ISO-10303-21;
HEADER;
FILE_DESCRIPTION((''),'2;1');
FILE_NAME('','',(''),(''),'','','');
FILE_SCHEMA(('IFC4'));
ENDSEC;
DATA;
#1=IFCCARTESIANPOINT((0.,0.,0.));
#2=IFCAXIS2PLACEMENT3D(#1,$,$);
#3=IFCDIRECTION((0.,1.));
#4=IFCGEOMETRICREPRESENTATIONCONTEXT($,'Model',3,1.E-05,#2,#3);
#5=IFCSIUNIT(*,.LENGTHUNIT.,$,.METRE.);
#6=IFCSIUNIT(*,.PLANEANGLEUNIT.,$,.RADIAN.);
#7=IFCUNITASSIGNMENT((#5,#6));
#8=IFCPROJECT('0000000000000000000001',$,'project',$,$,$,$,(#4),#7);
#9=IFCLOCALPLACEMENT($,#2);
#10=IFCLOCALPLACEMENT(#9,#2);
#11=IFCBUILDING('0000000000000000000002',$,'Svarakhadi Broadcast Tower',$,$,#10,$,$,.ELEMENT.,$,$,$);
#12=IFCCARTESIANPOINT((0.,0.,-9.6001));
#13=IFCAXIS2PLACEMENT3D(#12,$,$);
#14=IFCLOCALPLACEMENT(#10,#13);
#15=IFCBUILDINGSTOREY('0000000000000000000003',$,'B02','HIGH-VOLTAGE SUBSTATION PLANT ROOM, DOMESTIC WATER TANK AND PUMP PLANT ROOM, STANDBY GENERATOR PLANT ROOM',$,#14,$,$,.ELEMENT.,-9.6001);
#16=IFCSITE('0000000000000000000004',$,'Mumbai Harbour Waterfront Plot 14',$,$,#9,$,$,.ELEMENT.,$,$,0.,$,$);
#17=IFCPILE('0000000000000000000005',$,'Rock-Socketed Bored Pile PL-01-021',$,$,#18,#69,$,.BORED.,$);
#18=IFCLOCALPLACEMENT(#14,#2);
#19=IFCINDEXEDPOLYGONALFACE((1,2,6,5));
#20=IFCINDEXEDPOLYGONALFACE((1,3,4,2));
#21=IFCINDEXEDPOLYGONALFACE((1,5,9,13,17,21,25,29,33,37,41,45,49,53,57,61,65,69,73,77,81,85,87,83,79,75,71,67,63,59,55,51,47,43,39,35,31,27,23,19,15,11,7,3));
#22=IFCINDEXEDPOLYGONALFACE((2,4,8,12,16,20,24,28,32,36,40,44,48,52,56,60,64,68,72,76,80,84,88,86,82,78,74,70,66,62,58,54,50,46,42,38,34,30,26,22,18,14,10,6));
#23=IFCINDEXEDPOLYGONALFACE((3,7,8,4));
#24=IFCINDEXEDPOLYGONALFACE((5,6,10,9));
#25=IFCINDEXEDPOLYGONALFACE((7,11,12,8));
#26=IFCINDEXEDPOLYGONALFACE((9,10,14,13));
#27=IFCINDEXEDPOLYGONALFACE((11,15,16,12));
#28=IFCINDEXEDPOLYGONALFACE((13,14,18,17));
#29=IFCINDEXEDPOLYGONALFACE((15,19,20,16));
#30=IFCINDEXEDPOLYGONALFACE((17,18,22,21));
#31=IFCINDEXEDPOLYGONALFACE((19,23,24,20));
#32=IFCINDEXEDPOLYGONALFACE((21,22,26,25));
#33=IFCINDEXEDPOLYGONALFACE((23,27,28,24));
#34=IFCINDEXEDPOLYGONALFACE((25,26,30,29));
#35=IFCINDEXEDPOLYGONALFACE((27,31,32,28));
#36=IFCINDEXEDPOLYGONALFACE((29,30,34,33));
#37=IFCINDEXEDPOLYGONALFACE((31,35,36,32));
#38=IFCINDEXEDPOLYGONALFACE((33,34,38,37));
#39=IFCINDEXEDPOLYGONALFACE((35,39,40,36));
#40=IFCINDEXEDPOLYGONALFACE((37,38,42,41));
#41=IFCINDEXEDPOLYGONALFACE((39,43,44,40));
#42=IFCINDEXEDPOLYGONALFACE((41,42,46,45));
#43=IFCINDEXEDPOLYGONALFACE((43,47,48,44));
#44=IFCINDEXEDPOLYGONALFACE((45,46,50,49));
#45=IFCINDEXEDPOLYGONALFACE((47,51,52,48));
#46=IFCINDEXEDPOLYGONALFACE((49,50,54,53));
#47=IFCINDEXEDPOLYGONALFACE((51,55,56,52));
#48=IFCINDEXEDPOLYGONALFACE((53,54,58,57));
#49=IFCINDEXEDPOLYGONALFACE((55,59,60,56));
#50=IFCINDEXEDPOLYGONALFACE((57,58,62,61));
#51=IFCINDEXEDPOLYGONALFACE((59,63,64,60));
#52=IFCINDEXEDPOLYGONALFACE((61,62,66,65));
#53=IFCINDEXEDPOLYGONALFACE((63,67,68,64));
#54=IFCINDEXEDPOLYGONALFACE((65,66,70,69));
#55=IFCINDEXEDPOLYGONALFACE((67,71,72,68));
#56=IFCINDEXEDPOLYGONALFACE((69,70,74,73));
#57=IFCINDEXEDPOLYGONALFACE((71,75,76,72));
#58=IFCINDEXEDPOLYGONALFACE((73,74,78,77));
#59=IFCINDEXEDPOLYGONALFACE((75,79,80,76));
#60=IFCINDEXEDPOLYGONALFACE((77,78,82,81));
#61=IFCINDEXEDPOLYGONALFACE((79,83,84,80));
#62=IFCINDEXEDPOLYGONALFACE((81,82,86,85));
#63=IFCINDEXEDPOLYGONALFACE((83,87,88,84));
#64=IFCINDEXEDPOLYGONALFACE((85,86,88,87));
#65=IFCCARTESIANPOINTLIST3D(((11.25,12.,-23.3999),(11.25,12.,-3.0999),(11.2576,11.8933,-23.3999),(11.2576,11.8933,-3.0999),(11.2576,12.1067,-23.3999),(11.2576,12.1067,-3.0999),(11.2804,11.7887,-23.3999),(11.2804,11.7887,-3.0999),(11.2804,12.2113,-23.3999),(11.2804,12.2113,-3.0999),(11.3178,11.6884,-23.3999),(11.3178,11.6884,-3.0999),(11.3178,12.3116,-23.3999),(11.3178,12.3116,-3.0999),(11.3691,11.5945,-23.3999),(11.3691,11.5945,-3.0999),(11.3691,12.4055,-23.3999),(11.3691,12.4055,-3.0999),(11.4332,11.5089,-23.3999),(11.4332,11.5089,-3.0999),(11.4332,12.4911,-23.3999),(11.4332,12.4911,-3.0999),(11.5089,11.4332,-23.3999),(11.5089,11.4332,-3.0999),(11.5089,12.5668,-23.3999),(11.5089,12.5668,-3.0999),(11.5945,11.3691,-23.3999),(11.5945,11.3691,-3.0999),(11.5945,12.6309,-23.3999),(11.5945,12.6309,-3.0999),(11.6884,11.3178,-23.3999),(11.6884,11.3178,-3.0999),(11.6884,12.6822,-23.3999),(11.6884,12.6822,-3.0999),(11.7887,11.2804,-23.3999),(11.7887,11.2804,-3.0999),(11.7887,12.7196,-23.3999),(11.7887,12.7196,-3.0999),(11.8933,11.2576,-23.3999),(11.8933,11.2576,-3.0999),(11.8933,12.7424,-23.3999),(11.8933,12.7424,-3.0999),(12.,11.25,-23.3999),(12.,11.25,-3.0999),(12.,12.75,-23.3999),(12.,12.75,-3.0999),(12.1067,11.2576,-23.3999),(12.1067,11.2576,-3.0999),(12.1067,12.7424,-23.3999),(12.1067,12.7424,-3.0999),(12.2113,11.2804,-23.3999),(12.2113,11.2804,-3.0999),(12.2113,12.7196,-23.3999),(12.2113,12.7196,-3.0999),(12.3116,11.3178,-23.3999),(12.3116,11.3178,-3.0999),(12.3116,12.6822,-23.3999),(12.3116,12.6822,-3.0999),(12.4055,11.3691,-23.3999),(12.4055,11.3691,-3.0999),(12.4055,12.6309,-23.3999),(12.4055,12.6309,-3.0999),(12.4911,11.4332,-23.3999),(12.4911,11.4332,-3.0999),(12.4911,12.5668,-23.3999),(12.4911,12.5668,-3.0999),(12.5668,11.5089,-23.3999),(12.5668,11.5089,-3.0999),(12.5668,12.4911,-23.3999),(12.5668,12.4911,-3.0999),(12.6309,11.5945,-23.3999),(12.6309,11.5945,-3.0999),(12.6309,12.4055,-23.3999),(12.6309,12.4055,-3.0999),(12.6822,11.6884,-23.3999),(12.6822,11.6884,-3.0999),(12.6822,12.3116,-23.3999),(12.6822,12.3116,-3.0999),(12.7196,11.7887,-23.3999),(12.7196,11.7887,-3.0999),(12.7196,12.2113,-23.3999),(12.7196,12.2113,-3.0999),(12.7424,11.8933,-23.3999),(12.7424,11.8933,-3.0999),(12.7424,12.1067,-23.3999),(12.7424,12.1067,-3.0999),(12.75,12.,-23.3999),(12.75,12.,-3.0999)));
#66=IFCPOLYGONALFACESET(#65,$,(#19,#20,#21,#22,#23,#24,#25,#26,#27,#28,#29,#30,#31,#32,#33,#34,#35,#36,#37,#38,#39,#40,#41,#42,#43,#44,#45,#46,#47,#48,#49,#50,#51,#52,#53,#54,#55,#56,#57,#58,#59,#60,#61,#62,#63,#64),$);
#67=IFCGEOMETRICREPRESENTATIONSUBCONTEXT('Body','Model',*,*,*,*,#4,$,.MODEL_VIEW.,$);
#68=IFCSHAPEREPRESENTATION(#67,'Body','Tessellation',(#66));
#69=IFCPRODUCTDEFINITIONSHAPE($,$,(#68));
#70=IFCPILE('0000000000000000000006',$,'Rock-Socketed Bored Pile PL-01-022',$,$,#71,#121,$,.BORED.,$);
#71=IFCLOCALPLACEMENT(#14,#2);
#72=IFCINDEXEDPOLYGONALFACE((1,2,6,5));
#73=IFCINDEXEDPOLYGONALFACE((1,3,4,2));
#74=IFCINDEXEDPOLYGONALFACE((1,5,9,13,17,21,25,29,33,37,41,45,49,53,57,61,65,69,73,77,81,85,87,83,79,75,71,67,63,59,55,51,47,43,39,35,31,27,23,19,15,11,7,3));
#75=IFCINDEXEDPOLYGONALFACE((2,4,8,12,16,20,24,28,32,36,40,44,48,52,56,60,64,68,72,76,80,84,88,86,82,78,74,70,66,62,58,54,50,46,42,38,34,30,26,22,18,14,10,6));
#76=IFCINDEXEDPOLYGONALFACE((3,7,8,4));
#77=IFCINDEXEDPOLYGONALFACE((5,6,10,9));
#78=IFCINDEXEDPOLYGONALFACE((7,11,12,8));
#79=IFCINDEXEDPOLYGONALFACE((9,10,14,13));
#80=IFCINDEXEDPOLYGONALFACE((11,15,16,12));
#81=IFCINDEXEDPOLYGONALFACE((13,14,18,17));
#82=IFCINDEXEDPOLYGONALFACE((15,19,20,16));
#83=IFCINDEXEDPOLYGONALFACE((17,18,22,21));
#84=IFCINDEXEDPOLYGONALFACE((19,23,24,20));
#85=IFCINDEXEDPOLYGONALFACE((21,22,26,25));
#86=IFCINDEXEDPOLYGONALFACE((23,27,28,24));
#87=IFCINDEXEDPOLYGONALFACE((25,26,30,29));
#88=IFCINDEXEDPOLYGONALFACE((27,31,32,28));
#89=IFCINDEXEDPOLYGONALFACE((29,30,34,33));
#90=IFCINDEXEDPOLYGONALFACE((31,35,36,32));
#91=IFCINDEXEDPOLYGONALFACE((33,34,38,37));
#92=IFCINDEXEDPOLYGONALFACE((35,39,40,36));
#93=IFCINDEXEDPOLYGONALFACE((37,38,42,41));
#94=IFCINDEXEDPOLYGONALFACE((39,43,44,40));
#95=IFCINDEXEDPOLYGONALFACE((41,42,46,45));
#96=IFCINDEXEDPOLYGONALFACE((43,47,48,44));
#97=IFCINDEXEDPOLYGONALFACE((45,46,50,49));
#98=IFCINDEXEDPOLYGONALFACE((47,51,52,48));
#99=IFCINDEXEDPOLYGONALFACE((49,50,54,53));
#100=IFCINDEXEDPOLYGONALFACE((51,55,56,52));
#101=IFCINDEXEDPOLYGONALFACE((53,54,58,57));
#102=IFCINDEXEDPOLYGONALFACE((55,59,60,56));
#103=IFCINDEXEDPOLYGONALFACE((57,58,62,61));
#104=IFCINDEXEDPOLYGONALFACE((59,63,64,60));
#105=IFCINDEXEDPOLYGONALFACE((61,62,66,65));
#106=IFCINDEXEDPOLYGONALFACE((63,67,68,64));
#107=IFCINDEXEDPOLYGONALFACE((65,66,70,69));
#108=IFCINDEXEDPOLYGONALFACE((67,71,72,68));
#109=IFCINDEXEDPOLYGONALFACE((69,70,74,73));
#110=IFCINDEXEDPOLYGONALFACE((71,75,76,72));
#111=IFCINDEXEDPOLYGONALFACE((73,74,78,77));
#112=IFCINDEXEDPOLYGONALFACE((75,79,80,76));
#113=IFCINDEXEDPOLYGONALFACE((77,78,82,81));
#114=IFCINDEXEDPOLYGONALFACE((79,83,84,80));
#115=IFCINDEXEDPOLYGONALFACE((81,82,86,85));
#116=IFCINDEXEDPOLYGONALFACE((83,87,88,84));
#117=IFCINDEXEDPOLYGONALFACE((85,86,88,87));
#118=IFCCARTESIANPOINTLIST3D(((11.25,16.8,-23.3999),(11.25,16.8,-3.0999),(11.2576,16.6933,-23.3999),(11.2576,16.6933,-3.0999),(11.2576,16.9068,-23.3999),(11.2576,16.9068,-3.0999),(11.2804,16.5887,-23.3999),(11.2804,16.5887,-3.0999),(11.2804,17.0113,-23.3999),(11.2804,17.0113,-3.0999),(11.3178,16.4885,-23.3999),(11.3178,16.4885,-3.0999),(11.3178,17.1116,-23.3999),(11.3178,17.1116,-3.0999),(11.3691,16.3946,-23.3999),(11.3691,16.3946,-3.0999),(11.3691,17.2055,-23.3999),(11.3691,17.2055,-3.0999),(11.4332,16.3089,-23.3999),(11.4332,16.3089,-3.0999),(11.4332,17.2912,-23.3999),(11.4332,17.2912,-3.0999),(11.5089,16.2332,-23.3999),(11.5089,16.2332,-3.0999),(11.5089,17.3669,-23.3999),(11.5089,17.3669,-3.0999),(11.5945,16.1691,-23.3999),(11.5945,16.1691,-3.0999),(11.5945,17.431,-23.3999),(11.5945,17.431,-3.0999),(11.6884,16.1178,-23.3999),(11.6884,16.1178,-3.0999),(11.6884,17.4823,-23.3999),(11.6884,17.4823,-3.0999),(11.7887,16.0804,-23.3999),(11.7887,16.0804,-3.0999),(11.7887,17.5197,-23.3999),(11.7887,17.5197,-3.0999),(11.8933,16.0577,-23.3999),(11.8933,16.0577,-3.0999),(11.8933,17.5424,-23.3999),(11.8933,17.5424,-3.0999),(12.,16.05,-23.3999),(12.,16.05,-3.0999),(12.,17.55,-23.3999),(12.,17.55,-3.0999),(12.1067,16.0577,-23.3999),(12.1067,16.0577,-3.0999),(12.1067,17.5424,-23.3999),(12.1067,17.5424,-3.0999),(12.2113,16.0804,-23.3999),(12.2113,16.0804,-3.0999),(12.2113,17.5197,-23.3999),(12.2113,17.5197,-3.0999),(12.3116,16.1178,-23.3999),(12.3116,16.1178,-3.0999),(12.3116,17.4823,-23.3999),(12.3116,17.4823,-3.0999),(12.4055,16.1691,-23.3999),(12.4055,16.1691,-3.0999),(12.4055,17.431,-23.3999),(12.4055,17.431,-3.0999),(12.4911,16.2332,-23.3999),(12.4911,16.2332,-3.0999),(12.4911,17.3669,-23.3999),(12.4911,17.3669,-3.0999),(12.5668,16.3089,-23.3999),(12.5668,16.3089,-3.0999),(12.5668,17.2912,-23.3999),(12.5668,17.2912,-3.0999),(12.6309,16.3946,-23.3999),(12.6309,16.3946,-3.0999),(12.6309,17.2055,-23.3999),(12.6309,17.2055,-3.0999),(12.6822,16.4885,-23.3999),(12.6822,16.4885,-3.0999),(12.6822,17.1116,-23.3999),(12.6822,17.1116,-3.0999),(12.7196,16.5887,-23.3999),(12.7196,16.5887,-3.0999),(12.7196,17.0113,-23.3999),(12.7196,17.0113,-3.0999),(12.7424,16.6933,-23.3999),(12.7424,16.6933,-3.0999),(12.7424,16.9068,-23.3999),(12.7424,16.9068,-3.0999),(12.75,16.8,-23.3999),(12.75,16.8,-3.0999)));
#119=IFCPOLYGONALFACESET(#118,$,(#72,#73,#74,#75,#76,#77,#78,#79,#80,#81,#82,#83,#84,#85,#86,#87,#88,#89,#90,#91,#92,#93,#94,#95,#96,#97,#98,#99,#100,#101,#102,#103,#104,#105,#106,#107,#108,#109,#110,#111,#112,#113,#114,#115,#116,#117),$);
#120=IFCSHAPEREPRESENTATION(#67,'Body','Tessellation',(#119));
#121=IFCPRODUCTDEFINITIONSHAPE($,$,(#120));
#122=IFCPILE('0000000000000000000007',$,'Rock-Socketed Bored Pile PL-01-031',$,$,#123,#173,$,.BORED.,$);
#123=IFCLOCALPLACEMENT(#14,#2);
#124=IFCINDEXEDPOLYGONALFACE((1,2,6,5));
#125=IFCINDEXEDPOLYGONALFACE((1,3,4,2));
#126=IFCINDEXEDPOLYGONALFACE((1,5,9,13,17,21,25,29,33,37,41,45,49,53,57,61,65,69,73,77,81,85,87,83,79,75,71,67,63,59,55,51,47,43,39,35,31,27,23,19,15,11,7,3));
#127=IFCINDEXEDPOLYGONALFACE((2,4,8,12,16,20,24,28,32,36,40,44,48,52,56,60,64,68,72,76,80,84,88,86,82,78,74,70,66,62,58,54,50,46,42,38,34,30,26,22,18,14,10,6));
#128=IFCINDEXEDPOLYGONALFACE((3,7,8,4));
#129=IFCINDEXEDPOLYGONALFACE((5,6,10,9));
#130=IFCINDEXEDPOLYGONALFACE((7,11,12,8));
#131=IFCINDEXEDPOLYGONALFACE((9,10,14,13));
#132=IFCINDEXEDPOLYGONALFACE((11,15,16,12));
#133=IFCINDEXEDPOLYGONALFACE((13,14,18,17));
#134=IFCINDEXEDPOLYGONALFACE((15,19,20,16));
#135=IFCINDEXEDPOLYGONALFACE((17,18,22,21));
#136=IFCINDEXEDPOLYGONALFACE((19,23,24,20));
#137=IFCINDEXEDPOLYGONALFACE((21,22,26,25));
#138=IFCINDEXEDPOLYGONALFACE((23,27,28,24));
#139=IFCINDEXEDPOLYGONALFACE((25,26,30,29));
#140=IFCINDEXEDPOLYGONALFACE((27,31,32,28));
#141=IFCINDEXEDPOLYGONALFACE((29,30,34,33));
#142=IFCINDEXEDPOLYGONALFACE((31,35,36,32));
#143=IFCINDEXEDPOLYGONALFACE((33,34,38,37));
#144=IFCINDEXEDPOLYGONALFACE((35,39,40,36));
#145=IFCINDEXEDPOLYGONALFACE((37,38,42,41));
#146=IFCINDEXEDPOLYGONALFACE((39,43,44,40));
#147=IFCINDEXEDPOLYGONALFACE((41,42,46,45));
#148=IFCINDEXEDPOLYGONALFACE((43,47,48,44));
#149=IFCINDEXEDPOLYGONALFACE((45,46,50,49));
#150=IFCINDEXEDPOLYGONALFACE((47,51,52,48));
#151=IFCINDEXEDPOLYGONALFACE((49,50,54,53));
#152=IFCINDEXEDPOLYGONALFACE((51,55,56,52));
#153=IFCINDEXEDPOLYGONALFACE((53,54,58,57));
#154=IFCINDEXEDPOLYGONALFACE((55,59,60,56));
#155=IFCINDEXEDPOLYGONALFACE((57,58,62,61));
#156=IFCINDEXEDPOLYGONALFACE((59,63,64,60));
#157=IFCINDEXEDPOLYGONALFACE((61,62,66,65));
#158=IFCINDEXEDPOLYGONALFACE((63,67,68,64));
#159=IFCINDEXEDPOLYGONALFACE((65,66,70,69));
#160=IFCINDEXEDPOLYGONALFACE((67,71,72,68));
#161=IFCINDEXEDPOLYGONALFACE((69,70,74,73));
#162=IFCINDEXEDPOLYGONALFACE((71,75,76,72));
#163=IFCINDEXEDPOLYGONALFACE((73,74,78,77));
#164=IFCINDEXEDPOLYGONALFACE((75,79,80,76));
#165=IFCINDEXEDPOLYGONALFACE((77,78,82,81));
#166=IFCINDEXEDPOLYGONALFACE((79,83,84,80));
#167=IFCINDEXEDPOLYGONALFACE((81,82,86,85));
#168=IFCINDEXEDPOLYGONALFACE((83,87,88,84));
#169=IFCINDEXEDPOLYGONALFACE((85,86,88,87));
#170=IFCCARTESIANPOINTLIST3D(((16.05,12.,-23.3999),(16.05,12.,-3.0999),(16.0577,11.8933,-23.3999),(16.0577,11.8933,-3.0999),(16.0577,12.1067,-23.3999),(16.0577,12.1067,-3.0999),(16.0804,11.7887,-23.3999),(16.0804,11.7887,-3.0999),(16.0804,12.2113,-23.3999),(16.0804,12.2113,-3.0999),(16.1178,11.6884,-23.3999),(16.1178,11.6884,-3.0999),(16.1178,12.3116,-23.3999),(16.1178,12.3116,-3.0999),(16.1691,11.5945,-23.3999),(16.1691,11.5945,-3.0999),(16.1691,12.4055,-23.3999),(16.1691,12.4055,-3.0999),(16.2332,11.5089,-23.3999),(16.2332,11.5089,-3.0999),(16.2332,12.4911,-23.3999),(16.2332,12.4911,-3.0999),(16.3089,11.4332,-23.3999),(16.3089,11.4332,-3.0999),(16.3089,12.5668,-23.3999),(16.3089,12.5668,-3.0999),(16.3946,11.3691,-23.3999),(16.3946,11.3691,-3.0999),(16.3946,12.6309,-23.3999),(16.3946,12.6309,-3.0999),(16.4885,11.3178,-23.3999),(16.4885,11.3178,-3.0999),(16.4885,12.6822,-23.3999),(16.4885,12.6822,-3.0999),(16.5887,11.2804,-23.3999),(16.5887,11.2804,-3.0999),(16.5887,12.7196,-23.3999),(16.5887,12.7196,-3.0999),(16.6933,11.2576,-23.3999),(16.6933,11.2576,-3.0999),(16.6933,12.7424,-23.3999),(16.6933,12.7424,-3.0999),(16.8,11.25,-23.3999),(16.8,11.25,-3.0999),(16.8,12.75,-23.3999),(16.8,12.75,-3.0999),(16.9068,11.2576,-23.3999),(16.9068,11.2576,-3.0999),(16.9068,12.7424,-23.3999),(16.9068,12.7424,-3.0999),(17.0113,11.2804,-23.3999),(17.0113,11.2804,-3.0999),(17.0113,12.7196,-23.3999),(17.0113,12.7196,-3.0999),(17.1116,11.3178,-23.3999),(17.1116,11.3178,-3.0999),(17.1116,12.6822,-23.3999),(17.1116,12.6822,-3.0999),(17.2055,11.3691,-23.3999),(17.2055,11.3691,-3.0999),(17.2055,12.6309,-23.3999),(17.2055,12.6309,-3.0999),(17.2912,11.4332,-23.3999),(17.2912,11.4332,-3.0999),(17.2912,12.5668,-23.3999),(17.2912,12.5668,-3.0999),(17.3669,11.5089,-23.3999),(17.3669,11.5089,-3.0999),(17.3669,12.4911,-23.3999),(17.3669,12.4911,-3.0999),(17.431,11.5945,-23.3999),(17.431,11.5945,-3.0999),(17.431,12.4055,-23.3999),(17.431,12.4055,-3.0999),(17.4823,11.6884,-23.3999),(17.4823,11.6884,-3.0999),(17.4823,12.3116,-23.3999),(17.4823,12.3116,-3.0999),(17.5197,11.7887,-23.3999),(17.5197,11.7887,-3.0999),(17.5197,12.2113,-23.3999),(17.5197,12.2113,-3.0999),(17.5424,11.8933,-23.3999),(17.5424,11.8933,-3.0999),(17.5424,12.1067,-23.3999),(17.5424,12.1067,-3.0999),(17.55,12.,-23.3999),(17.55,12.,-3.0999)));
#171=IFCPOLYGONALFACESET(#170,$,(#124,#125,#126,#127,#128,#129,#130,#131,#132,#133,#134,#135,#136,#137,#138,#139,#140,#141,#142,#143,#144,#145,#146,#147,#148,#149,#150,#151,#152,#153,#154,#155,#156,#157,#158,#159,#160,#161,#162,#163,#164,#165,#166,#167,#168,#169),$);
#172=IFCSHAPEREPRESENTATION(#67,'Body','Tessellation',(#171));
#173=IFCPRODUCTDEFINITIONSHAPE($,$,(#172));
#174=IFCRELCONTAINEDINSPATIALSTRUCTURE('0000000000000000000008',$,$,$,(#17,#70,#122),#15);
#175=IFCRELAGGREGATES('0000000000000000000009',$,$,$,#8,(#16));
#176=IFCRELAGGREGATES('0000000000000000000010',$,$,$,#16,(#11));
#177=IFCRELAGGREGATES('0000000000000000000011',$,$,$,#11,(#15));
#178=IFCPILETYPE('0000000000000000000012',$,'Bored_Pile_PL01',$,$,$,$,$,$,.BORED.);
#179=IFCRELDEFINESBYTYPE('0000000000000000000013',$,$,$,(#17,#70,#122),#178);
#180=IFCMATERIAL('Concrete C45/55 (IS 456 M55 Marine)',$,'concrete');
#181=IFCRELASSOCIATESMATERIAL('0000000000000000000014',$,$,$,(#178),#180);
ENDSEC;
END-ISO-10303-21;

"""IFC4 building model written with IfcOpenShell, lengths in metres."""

from ifc_helpers import new_model, si_unit, direction, frame, origin, origin_2d, place, context, subcontext, project, spatial, circle, extrude, material, material_profile, profile_set, type_object, element, save


model = new_model("IFC4")

# Units and contexts
model_context = context("Model", 3, precision=1e-05, world=origin(), true_north=direction((0.0, 1.0)))
body_context = subcontext(model_context, "Body", "Model", "MODEL_VIEW")
ifc_project = project(units=[si_unit("LENGTHUNIT", "METRE"), si_unit("PLANEANGLEUNIT", "RADIAN")], contexts=[model_context])

# Site, building, storey
site_placement = place(None, origin())
site = spatial("IfcSite", under=ifc_project, at=site_placement, Name="Mumbai Harbour Waterfront Plot 14", CompositionType="ELEMENT", RefElevation=0.0)
building_placement = place(site_placement, origin())
building = spatial("IfcBuilding", under=site, at=building_placement, Name="Svarakhadi Broadcast Tower", CompositionType="ELEMENT")
storey_placement = place(building_placement, frame((0.0, 0.0, -9.6001)))
storey = spatial("IfcBuildingStorey", under=building, at=storey_placement, Name="B02", Description="HIGH-VOLTAGE SUBSTATION PLANT ROOM, DOMESTIC WATER TANK AND PUMP PLANT ROOM, STANDBY GENERATOR PLANT ROOM", CompositionType="ELEMENT", Elevation=-9.6001)

# Piles
ifc_material_1 = material(Name="Concrete C45/55 (IS 456 M55 Marine)", Category="concrete")
ifc_material_profile_1 = material_profile(ifc_material_1, circle(Radius=0.75, at=origin_2d()), Name="PILE D1500")
ifc_profile_set_1 = profile_set([ifc_material_profile_1], Name="Concrete C45/55 (IS 456 M55 Marine)")
pile_type = type_object("IfcPileType", Name="Bored_Pile_PL01", PredefinedType="BORED", material=ifc_profile_set_1)
for number, where, z_axis, x_axis, name in (
    (1, (12.0, 12.0, -3.0999), (0.0, 0.0, -1.0), (1.0, 0.0, 0.0), "Rock-Socketed Bored Pile PL-01-021"),
    (2, (12.0, 16.8, -3.0999), (0.0, 0.0, -1.0), (1.0, 0.0, 0.0), "Rock-Socketed Bored Pile PL-01-022"),
    (3, (16.8, 12.0, -3.0999), (0.0, 0.0, -1.0), (1.0, 0.0, 0.0), "Rock-Socketed Bored Pile PL-01-031"),
):
    element("IfcPile", number, at=place(storey_placement, frame(where, z_axis=z_axis, x_axis=x_axis)), inside=storey, type_object=pile_type, Name=name, PredefinedType="BORED", context=body_context, shape_type="SweptSolid", body=[
        extrude(circle(Radius=0.75, at=origin_2d()), origin(), (0.0, 0.0, 1.0), 20.3),
    ])

save(model, "model.ifc")
